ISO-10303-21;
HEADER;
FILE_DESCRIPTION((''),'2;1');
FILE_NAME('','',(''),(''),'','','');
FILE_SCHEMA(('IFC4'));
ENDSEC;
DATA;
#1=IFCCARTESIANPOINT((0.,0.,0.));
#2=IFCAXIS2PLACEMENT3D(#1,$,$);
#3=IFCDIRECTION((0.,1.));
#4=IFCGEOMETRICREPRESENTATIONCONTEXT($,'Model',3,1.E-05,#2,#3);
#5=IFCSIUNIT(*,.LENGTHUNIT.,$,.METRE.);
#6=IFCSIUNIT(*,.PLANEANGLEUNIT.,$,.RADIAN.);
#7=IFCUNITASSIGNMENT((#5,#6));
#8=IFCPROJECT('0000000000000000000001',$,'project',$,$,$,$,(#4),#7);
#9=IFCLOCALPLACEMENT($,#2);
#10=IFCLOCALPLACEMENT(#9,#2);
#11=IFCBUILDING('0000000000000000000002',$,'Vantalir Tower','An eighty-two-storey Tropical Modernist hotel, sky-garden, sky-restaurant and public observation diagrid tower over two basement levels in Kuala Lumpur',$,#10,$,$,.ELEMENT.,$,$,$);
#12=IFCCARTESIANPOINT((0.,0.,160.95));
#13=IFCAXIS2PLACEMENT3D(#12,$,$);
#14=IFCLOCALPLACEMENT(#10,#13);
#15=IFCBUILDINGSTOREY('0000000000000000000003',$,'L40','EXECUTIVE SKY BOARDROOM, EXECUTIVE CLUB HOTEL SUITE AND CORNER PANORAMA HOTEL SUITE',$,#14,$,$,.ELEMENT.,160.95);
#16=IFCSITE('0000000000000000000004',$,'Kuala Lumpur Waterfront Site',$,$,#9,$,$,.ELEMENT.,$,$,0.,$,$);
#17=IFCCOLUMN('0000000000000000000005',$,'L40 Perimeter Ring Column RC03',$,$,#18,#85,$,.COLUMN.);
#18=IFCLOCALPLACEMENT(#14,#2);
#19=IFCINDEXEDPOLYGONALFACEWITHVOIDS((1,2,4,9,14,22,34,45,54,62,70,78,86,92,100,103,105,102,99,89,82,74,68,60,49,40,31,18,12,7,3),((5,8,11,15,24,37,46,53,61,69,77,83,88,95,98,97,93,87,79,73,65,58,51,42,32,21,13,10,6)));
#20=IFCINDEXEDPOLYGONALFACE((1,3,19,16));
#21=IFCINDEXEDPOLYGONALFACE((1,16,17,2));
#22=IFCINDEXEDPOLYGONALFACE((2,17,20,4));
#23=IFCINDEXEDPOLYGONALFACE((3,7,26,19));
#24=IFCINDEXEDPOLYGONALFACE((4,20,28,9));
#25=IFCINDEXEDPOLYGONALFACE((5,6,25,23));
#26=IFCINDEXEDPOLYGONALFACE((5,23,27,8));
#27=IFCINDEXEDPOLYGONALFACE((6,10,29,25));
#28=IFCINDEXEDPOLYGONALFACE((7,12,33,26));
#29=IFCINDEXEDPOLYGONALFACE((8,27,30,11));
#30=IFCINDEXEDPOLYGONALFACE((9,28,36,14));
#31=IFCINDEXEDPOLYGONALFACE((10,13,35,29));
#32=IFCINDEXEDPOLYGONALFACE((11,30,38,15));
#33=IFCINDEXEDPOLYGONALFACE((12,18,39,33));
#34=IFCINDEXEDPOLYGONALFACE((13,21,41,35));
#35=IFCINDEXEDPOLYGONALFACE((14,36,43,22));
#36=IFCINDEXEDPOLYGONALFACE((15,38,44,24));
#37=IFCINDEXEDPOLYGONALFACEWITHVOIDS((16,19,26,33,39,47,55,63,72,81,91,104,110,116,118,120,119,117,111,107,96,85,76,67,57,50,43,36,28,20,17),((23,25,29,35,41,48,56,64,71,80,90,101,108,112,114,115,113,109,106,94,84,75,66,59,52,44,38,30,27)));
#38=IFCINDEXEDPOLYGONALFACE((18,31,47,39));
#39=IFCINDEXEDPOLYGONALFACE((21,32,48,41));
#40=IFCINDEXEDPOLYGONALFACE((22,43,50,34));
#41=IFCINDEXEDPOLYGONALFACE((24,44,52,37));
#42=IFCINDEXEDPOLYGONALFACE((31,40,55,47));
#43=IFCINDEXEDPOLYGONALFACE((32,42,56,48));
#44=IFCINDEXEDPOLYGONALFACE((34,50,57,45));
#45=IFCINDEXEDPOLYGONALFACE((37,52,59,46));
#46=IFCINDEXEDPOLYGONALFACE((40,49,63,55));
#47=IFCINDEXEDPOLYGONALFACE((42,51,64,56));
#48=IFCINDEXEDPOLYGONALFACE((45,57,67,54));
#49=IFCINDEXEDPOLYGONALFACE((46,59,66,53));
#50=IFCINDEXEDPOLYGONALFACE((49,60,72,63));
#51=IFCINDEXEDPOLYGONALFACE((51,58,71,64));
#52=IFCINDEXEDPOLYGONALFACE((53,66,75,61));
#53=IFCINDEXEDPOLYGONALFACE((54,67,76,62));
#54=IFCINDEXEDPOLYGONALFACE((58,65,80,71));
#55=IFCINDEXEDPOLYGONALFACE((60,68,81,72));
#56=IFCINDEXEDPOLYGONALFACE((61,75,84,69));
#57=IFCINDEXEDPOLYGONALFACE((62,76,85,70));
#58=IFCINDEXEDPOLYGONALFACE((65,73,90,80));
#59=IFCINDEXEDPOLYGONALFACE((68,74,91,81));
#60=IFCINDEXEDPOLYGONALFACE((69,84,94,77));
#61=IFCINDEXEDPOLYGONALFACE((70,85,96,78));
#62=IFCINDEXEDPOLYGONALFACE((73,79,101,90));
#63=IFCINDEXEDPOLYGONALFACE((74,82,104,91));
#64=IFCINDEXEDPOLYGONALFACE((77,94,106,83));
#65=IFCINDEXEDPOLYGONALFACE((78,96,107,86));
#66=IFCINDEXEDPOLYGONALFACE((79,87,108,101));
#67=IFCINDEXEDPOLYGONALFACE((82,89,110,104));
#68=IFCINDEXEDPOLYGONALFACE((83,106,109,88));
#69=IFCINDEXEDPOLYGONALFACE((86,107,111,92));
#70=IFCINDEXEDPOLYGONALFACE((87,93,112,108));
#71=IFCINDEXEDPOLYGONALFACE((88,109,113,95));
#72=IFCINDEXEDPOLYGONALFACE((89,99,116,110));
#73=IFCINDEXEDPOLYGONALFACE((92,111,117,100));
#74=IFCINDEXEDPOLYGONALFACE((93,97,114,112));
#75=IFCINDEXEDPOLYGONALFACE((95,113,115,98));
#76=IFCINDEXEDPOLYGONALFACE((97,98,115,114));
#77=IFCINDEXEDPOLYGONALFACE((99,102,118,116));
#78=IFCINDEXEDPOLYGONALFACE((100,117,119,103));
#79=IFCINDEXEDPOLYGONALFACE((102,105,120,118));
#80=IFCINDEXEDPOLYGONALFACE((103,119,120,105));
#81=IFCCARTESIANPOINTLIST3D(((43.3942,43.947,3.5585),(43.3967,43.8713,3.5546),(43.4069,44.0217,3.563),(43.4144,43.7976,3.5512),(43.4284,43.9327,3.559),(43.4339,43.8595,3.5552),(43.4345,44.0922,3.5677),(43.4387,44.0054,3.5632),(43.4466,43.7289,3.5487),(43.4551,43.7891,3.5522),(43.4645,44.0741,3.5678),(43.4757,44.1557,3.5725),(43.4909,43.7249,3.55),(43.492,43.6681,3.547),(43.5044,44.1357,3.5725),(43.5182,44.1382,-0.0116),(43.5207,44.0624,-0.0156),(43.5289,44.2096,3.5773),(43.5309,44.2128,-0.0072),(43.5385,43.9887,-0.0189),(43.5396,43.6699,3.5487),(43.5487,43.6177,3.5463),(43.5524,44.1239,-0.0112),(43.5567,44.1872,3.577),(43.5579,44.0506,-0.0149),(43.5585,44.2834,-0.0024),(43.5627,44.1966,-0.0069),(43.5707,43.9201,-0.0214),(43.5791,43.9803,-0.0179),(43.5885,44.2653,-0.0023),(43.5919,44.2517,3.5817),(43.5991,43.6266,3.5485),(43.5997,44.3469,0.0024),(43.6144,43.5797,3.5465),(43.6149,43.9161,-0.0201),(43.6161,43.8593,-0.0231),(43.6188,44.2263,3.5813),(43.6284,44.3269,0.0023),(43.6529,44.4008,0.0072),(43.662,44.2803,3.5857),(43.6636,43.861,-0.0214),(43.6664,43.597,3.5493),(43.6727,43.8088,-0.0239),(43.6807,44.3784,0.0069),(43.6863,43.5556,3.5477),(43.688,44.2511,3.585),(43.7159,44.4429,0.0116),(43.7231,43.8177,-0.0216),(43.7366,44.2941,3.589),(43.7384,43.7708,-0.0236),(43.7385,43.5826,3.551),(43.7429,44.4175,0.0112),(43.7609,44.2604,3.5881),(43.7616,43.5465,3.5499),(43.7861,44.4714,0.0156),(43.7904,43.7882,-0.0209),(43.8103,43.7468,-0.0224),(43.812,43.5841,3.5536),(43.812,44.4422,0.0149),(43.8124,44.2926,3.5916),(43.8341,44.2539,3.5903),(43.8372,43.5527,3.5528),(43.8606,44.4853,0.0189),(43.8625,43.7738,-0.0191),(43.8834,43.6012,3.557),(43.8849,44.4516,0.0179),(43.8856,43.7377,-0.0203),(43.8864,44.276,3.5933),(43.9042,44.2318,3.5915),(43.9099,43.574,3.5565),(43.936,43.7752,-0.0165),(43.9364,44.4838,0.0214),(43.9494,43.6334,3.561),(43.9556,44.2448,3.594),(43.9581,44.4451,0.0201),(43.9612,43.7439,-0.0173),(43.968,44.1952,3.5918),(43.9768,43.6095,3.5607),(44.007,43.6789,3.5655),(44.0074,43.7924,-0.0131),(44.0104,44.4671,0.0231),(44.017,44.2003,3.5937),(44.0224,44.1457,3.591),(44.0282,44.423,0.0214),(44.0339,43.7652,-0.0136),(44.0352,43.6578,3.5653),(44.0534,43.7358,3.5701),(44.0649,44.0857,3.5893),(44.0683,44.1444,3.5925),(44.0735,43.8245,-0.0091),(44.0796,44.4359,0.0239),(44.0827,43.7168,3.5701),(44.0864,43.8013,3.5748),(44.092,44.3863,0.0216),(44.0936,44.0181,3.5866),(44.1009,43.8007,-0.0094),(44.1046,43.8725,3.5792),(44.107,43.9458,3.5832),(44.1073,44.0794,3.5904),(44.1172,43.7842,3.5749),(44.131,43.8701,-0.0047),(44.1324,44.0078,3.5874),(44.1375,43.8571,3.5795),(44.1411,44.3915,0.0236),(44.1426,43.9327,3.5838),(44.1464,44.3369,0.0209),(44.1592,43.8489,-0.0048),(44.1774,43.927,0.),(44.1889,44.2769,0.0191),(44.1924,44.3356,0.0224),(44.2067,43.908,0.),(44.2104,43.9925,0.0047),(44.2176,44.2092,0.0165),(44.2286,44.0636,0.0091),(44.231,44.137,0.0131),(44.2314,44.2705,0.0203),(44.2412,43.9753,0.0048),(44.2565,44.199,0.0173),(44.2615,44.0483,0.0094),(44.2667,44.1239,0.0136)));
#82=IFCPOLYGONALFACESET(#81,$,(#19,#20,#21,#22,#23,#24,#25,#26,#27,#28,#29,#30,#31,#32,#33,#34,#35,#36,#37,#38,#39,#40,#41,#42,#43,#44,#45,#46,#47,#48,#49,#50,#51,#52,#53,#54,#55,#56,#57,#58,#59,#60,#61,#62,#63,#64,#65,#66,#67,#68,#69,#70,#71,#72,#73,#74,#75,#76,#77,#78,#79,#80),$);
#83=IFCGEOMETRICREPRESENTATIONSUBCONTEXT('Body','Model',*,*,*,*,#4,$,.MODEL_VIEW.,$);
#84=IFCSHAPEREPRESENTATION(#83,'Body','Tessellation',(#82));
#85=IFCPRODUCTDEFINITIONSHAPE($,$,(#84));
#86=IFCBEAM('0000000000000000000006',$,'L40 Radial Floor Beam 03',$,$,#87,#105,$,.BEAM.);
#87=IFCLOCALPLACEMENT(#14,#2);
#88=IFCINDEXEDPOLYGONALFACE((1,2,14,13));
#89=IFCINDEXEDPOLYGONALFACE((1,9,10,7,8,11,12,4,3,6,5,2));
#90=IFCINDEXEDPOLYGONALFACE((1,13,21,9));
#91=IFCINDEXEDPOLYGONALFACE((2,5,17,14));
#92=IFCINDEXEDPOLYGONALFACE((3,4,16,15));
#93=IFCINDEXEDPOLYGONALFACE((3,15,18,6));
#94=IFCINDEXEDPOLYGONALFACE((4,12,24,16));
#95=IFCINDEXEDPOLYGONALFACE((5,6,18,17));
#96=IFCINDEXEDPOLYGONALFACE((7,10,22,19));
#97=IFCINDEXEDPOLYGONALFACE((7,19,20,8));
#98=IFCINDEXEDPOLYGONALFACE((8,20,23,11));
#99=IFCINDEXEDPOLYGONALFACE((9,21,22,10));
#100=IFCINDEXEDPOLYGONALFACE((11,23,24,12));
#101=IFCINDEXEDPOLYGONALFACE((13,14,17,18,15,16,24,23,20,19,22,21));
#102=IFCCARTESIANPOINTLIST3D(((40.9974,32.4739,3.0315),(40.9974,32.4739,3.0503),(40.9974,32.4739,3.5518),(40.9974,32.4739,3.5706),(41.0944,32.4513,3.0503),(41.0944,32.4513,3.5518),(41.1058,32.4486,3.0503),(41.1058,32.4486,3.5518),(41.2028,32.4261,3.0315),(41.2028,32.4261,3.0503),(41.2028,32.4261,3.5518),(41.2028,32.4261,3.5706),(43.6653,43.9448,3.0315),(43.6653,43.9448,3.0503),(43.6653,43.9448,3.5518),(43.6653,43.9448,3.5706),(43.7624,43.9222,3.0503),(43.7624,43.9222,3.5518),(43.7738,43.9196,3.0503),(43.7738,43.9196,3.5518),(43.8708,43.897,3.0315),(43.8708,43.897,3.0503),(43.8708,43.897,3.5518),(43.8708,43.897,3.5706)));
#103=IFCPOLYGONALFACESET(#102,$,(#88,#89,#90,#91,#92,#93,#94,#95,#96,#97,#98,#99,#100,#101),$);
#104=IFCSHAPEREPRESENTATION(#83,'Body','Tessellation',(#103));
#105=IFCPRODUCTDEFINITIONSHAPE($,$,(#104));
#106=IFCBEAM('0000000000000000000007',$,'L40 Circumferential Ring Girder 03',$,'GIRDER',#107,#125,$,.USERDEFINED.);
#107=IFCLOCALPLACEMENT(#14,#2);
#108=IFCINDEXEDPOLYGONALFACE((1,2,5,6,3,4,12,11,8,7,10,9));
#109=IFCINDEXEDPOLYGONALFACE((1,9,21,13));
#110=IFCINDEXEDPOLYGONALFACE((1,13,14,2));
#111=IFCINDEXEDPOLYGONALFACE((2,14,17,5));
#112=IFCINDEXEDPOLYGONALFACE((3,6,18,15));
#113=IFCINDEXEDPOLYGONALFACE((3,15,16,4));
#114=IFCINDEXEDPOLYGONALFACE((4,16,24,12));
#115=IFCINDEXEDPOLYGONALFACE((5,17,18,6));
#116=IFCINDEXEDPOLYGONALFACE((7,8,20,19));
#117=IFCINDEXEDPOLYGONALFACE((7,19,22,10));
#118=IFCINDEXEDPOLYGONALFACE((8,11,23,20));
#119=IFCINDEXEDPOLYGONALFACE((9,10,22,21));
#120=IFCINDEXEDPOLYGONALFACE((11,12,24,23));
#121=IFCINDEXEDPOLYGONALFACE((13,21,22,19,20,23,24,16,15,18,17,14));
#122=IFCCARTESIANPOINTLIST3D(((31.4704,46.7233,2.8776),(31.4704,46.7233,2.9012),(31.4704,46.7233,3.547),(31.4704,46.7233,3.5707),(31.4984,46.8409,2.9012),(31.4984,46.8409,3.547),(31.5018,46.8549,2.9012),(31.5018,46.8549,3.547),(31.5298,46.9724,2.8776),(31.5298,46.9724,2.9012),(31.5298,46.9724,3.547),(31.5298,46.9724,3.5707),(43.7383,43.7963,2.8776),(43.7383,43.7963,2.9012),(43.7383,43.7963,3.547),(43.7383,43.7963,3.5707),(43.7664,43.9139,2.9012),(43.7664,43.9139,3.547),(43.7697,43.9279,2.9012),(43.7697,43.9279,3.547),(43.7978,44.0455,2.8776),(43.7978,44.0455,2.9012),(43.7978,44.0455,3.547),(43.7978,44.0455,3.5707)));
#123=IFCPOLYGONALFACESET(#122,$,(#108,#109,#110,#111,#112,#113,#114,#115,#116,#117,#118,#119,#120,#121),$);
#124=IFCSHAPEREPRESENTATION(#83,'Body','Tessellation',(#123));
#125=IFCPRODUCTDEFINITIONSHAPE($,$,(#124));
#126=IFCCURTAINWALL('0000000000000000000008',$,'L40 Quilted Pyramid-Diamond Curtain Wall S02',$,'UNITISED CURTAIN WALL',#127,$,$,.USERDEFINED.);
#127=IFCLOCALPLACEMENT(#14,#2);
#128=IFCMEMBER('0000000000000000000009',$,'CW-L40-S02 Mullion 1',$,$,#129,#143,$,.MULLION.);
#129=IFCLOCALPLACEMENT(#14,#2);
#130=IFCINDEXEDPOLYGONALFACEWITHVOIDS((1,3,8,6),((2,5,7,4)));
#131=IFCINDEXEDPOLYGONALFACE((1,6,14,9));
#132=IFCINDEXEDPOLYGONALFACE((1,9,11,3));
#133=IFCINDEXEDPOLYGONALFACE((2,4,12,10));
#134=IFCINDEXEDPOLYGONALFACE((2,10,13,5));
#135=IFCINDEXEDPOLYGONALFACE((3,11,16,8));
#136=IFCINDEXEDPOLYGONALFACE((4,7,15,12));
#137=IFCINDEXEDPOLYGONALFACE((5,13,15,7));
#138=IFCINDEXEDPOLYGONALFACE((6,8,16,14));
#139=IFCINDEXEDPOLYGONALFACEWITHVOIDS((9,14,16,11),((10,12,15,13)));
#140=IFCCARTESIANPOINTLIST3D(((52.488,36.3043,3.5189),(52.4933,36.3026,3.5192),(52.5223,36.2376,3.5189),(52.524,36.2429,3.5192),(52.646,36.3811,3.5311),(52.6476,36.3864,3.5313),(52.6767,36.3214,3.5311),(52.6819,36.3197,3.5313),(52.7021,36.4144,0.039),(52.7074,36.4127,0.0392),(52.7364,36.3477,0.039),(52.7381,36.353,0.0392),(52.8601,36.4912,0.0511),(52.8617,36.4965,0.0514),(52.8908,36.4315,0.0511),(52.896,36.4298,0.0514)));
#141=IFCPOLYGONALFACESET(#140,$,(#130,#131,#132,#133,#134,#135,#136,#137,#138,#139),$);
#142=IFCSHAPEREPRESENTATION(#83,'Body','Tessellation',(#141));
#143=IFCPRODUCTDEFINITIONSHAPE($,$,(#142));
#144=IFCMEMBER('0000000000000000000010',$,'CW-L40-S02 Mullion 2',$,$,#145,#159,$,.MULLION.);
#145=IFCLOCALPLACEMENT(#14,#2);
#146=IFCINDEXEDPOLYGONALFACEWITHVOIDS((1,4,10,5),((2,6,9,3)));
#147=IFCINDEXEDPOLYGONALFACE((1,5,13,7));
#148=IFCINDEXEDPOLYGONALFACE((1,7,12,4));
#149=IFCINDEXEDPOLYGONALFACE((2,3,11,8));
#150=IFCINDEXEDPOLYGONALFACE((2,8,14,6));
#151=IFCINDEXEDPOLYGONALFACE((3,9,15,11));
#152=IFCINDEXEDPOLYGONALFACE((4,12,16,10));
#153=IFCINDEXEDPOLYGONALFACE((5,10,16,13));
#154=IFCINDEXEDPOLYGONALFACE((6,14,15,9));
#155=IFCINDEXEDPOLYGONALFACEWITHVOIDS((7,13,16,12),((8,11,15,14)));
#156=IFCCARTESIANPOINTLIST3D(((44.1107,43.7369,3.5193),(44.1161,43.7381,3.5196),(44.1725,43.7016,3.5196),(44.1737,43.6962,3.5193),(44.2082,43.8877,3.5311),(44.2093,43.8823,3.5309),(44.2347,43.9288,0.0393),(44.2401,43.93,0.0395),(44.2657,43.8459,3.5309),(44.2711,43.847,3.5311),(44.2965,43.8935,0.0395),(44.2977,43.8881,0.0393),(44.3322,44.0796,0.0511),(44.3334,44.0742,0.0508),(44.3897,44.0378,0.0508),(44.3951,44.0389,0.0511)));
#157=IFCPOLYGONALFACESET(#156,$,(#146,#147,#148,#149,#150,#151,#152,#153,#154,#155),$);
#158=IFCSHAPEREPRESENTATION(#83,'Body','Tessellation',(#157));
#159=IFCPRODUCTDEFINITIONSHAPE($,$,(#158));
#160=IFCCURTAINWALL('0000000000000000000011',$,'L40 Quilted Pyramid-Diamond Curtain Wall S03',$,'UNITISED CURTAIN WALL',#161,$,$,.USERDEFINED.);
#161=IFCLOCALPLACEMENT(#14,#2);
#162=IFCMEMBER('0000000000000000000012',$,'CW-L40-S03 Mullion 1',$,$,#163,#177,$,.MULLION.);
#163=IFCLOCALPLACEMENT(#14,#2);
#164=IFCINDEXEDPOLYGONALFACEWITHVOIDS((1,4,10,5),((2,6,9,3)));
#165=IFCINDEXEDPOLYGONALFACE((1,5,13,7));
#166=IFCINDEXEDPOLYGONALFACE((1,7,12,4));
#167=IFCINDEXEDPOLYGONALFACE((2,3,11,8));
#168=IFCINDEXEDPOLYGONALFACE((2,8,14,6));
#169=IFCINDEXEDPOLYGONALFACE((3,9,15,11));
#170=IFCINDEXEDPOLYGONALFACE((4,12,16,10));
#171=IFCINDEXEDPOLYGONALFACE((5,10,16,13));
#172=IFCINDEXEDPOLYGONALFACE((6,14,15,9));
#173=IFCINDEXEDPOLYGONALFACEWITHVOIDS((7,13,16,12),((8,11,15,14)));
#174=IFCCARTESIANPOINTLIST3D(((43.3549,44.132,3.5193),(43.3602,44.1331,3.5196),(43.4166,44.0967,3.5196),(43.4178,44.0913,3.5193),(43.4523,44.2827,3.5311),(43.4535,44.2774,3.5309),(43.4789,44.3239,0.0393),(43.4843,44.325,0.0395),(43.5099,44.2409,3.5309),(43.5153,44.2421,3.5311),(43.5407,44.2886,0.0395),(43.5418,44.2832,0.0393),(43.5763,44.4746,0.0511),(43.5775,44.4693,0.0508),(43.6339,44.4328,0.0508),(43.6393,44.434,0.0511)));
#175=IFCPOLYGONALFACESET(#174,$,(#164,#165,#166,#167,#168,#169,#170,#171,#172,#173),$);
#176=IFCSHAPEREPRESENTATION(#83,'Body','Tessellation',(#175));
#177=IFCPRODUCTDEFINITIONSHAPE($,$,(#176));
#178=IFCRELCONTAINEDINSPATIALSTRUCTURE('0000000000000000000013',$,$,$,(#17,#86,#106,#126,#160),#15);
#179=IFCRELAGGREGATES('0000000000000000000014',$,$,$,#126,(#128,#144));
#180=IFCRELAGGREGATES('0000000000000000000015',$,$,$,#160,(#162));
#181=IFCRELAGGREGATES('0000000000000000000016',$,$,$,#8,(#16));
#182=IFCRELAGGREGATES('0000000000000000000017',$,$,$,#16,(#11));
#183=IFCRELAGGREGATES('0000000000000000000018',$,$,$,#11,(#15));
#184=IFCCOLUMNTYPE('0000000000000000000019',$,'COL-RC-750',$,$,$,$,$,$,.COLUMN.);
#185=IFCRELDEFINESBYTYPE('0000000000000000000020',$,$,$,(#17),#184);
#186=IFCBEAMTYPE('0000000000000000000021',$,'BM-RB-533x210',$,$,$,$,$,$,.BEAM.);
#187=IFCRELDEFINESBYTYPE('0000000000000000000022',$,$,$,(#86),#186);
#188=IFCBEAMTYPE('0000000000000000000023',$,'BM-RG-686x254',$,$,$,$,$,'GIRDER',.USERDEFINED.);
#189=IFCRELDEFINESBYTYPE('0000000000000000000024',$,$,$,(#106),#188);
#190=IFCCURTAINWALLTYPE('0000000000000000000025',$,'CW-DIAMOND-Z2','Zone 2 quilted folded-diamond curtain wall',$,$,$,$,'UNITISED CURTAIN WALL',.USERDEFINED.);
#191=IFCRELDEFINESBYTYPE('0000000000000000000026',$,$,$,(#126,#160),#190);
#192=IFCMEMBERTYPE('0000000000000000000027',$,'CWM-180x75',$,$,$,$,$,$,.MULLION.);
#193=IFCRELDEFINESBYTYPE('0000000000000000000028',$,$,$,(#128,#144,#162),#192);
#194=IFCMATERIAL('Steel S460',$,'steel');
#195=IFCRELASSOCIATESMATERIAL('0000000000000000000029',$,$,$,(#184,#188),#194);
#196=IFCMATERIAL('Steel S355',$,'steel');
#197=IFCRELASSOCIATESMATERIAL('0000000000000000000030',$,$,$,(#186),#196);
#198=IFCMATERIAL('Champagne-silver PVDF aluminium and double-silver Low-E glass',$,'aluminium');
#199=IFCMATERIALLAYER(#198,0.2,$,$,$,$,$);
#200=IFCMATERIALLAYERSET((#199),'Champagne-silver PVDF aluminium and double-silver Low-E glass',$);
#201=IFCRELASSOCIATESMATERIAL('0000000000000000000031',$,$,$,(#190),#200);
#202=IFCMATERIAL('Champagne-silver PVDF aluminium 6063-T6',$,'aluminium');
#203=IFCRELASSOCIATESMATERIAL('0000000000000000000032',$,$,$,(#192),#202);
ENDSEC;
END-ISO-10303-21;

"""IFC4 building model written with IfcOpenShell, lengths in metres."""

from ifc_helpers import new_model, si_unit, direction, frame, origin, origin_2d, place, context, subcontext, project, spatial, hollow_rectangle, hollow_circle, i_section, extrude, material, layer, layer_set, material_profile, profile_set, type_object, element, aggregate, save


model = new_model("IFC4")

# Units and contexts
model_context = context("Model", 3, precision=1e-05, world=origin(), true_north=direction((0.0, 1.0)))
body_context = subcontext(model_context, "Body", "Model", "MODEL_VIEW")
ifc_project = project(units=[si_unit("LENGTHUNIT", "METRE"), si_unit("PLANEANGLEUNIT", "RADIAN")], contexts=[model_context])

# Site, building, storey
site_placement = place(None, origin())
site = spatial("IfcSite", under=ifc_project, at=site_placement, Name="Kuala Lumpur Waterfront Site", CompositionType="ELEMENT", RefElevation=0.0)
building_placement = place(site_placement, origin())
building = spatial("IfcBuilding", under=site, at=building_placement, Name="Vantalir Tower", Description="An eighty-two-storey Tropical Modernist hotel, sky-garden, sky-restaurant and public observation diagrid tower over two basement levels in Kuala Lumpur", CompositionType="ELEMENT")
storey_placement = place(building_placement, frame((0.0, 0.0, 160.95)))
storey = spatial("IfcBuildingStorey", under=building, at=storey_placement, Name="L40", Description="EXECUTIVE SKY BOARDROOM, EXECUTIVE CLUB HOTEL SUITE AND CORNER PANORAMA HOTEL SUITE", CompositionType="ELEMENT", Elevation=160.95)

# Column
ifc_material_1 = material(Name="Steel S460", Category="steel")
ifc_material_profile_1 = material_profile(ifc_material_1, hollow_circle(Radius=0.375, WallThickness=0.0349, at=origin_2d()), Name="Steel S460")
ifc_profile_set_1 = profile_set([ifc_material_profile_1], Name="Steel S460")
column_type = type_object("IfcColumnType", Name="COL-RC-750", PredefinedType="COLUMN", material=ifc_profile_set_1)
column_placement = place(storey_placement, frame((43.8921, 44.1121, 0.0), z_axis=(-0.034669, -0.053437, 0.997969), x_axis=(0.838908, -0.544273, 0.0)))
element("IfcColumn", 1, at=column_placement, inside=storey, type_object=column_type, Name="L40 Perimeter Ring Column RC03", PredefinedType="COLUMN", context=body_context, shape_type="SweptSolid", body=[
    extrude(hollow_circle(Radius=0.375, WallThickness=0.0349, at=origin_2d()), origin(), (0.0, 0.0, 1.0), 3.5774),
])

# Beams
ifc_material_2 = material(Name="Steel S355", Category="steel")
ifc_material_profile_2 = material_profile(ifc_material_2, i_section(OverallWidth=0.2109, OverallDepth=0.5391, WebThickness=0.0117, FlangeThickness=0.0188, at=origin_2d()), Name="Steel S355")
ifc_profile_set_2 = profile_set([ifc_material_profile_2], Name="Steel S355")
beam_type_1 = type_object("IfcBeamType", Name="BM-RB-533x210", PredefinedType="BEAM", material=ifc_profile_set_2)
beam_1_placement = place(storey_placement, frame((43.7681, 43.9209, 3.301), z_axis=(-0.226538, -0.974002, 0.0), x_axis=(0.974002, -0.226538, 0.0)))
element("IfcBeam", 2, at=beam_1_placement, inside=storey, type_object=beam_type_1, Name="L40 Radial Floor Beam 03", PredefinedType="BEAM", context=body_context, shape_type="SweptSolid", body=[
    extrude(i_section(OverallWidth=0.2109, OverallDepth=0.5391, WebThickness=0.0117, FlangeThickness=0.0188, at=origin_2d()), origin(), (0.0, 0.0, 1.0), 11.7771),
])
ifc_material_profile_3 = material_profile(ifc_material_1, i_section(OverallWidth=0.2561, OverallDepth=0.6931, WebThickness=0.0144, FlangeThickness=0.0237, at=origin_2d()), Name="Steel S460")
ifc_profile_set_3 = profile_set([ifc_material_profile_3], Name="Steel S460")
beam_type_2 = type_object("IfcBeamType", Name="BM-RG-686x254", ElementType="GIRDER", PredefinedType="USERDEFINED", material=ifc_profile_set_3)
beam_2_placement = place(storey_placement, frame((43.7681, 43.9209, 3.2241), z_axis=(-0.972698, 0.232073, 0.0), x_axis=(-0.232073, -0.972698, 0.0)))
element("IfcBeam", 3, at=beam_2_placement, inside=storey, type_object=beam_type_2, Name="L40 Circumferential Ring Girder 03", ObjectType="GIRDER", PredefinedType="USERDEFINED", context=body_context, shape_type="SweptSolid", body=[
    extrude(i_section(OverallWidth=0.2561, OverallDepth=0.6931, WebThickness=0.0144, FlangeThickness=0.0237, at=origin_2d()), origin(), (0.0, 0.0, 1.0), 12.6123),
])

# Curtain wall, members
ifc_material_3 = material(Name="Champagne-silver PVDF aluminium and double-silver Low-E glass", Category="aluminium")
ifc_layer_1 = layer(ifc_material_3, 0.2)
ifc_layer_set_1 = layer_set([ifc_layer_1], Name="Champagne-silver PVDF aluminium and double-silver Low-E glass")
curtain_wall_type = type_object("IfcCurtainWallType", Name="CW-DIAMOND-Z2", Description="Zone 2 quilted folded-diamond curtain wall", ElementType="UNITISED CURTAIN WALL", PredefinedType="USERDEFINED", material=ifc_layer_set_1)
curtain_wall_1_placement = place(storey_placement, origin())
curtain_wall_1 = element("IfcCurtainWall", 4, at=curtain_wall_1_placement, inside=storey, type_object=curtain_wall_type, Name="L40 Quilted Pyramid-Diamond Curtain Wall S02", ObjectType="UNITISED CURTAIN WALL", PredefinedType="USERDEFINED")
ifc_material_4 = material(Name="Champagne-silver PVDF aluminium 6063-T6", Category="aluminium")
ifc_material_profile_4 = material_profile(ifc_material_4, hollow_rectangle(XDim=0.075, YDim=0.1799, WallThickness=0.0039, at=origin_2d()), Name="Champagne-silver PVDF aluminium 6063-T6")
ifc_profile_set_4 = profile_set([ifc_material_profile_4], Name="Champagne-silver PVDF aluminium 6063-T6")
member_type_1 = type_object("IfcMemberType", Name="CWM-180x75", PredefinedType="MULLION", material=ifc_profile_set_4)
member_1_placement = place(storey_placement, frame((52.7991, 36.4221, 0.0452), z_axis=(-0.06138, -0.031565, 0.997615), x_axis=(0.457325, -0.8893, 0.0)))
member_1 = element("IfcMember", 5, at=member_1_placement, type_object=member_type_1, Name="CW-L40-S02 Mullion 1", PredefinedType="MULLION", context=body_context, shape_type="SweptSolid", body=[
    extrude(hollow_rectangle(XDim=0.075, YDim=0.1799, WallThickness=0.0039, at=origin_2d()), origin(), (0.0, 0.0, 1.0), 3.4883),
])
member_2_placement = place(storey_placement, frame((44.3149, 43.9839, 0.0452), z_axis=(-0.035563, -0.055024, 0.997852), x_axis=(0.839857, -0.542808, 0.0)))
member_2 = element("IfcMember", 6, at=member_2_placement, type_object=member_type_1, Name="CW-L40-S02 Mullion 2", PredefinedType="MULLION", context=body_context, shape_type="SweptSolid", body=[
    extrude(hollow_rectangle(XDim=0.075, YDim=0.1799, WallThickness=0.0039, at=origin_2d()), origin(), (0.0, 0.0, 1.0), 3.4875),
])

# Curtain wall, member
curtain_wall_2_placement = place(storey_placement, origin())
curtain_wall_2 = element("IfcCurtainWall", 7, at=curtain_wall_2_placement, inside=storey, type_object=curtain_wall_type, Name="L40 Quilted Pyramid-Diamond Curtain Wall S03", ObjectType="UNITISED CURTAIN WALL", PredefinedType="USERDEFINED")
member_3_placement = place(storey_placement, frame((43.5591, 44.3789, 0.0452), z_axis=(-0.035563, -0.055024, 0.997852), x_axis=(0.839857, -0.542808, 0.0)))
member_3 = element("IfcMember", 8, at=member_3_placement, type_object=member_type_1, Name="CW-L40-S03 Mullion 1", PredefinedType="MULLION", context=body_context, shape_type="SweptSolid", body=[
    extrude(hollow_rectangle(XDim=0.075, YDim=0.1799, WallThickness=0.0039, at=origin_2d()), origin(), (0.0, 0.0, 1.0), 3.4875),
])

aggregate(curtain_wall_1, [member_1, member_2])
aggregate(curtain_wall_2, [member_3])

save(model, "model.ifc")
